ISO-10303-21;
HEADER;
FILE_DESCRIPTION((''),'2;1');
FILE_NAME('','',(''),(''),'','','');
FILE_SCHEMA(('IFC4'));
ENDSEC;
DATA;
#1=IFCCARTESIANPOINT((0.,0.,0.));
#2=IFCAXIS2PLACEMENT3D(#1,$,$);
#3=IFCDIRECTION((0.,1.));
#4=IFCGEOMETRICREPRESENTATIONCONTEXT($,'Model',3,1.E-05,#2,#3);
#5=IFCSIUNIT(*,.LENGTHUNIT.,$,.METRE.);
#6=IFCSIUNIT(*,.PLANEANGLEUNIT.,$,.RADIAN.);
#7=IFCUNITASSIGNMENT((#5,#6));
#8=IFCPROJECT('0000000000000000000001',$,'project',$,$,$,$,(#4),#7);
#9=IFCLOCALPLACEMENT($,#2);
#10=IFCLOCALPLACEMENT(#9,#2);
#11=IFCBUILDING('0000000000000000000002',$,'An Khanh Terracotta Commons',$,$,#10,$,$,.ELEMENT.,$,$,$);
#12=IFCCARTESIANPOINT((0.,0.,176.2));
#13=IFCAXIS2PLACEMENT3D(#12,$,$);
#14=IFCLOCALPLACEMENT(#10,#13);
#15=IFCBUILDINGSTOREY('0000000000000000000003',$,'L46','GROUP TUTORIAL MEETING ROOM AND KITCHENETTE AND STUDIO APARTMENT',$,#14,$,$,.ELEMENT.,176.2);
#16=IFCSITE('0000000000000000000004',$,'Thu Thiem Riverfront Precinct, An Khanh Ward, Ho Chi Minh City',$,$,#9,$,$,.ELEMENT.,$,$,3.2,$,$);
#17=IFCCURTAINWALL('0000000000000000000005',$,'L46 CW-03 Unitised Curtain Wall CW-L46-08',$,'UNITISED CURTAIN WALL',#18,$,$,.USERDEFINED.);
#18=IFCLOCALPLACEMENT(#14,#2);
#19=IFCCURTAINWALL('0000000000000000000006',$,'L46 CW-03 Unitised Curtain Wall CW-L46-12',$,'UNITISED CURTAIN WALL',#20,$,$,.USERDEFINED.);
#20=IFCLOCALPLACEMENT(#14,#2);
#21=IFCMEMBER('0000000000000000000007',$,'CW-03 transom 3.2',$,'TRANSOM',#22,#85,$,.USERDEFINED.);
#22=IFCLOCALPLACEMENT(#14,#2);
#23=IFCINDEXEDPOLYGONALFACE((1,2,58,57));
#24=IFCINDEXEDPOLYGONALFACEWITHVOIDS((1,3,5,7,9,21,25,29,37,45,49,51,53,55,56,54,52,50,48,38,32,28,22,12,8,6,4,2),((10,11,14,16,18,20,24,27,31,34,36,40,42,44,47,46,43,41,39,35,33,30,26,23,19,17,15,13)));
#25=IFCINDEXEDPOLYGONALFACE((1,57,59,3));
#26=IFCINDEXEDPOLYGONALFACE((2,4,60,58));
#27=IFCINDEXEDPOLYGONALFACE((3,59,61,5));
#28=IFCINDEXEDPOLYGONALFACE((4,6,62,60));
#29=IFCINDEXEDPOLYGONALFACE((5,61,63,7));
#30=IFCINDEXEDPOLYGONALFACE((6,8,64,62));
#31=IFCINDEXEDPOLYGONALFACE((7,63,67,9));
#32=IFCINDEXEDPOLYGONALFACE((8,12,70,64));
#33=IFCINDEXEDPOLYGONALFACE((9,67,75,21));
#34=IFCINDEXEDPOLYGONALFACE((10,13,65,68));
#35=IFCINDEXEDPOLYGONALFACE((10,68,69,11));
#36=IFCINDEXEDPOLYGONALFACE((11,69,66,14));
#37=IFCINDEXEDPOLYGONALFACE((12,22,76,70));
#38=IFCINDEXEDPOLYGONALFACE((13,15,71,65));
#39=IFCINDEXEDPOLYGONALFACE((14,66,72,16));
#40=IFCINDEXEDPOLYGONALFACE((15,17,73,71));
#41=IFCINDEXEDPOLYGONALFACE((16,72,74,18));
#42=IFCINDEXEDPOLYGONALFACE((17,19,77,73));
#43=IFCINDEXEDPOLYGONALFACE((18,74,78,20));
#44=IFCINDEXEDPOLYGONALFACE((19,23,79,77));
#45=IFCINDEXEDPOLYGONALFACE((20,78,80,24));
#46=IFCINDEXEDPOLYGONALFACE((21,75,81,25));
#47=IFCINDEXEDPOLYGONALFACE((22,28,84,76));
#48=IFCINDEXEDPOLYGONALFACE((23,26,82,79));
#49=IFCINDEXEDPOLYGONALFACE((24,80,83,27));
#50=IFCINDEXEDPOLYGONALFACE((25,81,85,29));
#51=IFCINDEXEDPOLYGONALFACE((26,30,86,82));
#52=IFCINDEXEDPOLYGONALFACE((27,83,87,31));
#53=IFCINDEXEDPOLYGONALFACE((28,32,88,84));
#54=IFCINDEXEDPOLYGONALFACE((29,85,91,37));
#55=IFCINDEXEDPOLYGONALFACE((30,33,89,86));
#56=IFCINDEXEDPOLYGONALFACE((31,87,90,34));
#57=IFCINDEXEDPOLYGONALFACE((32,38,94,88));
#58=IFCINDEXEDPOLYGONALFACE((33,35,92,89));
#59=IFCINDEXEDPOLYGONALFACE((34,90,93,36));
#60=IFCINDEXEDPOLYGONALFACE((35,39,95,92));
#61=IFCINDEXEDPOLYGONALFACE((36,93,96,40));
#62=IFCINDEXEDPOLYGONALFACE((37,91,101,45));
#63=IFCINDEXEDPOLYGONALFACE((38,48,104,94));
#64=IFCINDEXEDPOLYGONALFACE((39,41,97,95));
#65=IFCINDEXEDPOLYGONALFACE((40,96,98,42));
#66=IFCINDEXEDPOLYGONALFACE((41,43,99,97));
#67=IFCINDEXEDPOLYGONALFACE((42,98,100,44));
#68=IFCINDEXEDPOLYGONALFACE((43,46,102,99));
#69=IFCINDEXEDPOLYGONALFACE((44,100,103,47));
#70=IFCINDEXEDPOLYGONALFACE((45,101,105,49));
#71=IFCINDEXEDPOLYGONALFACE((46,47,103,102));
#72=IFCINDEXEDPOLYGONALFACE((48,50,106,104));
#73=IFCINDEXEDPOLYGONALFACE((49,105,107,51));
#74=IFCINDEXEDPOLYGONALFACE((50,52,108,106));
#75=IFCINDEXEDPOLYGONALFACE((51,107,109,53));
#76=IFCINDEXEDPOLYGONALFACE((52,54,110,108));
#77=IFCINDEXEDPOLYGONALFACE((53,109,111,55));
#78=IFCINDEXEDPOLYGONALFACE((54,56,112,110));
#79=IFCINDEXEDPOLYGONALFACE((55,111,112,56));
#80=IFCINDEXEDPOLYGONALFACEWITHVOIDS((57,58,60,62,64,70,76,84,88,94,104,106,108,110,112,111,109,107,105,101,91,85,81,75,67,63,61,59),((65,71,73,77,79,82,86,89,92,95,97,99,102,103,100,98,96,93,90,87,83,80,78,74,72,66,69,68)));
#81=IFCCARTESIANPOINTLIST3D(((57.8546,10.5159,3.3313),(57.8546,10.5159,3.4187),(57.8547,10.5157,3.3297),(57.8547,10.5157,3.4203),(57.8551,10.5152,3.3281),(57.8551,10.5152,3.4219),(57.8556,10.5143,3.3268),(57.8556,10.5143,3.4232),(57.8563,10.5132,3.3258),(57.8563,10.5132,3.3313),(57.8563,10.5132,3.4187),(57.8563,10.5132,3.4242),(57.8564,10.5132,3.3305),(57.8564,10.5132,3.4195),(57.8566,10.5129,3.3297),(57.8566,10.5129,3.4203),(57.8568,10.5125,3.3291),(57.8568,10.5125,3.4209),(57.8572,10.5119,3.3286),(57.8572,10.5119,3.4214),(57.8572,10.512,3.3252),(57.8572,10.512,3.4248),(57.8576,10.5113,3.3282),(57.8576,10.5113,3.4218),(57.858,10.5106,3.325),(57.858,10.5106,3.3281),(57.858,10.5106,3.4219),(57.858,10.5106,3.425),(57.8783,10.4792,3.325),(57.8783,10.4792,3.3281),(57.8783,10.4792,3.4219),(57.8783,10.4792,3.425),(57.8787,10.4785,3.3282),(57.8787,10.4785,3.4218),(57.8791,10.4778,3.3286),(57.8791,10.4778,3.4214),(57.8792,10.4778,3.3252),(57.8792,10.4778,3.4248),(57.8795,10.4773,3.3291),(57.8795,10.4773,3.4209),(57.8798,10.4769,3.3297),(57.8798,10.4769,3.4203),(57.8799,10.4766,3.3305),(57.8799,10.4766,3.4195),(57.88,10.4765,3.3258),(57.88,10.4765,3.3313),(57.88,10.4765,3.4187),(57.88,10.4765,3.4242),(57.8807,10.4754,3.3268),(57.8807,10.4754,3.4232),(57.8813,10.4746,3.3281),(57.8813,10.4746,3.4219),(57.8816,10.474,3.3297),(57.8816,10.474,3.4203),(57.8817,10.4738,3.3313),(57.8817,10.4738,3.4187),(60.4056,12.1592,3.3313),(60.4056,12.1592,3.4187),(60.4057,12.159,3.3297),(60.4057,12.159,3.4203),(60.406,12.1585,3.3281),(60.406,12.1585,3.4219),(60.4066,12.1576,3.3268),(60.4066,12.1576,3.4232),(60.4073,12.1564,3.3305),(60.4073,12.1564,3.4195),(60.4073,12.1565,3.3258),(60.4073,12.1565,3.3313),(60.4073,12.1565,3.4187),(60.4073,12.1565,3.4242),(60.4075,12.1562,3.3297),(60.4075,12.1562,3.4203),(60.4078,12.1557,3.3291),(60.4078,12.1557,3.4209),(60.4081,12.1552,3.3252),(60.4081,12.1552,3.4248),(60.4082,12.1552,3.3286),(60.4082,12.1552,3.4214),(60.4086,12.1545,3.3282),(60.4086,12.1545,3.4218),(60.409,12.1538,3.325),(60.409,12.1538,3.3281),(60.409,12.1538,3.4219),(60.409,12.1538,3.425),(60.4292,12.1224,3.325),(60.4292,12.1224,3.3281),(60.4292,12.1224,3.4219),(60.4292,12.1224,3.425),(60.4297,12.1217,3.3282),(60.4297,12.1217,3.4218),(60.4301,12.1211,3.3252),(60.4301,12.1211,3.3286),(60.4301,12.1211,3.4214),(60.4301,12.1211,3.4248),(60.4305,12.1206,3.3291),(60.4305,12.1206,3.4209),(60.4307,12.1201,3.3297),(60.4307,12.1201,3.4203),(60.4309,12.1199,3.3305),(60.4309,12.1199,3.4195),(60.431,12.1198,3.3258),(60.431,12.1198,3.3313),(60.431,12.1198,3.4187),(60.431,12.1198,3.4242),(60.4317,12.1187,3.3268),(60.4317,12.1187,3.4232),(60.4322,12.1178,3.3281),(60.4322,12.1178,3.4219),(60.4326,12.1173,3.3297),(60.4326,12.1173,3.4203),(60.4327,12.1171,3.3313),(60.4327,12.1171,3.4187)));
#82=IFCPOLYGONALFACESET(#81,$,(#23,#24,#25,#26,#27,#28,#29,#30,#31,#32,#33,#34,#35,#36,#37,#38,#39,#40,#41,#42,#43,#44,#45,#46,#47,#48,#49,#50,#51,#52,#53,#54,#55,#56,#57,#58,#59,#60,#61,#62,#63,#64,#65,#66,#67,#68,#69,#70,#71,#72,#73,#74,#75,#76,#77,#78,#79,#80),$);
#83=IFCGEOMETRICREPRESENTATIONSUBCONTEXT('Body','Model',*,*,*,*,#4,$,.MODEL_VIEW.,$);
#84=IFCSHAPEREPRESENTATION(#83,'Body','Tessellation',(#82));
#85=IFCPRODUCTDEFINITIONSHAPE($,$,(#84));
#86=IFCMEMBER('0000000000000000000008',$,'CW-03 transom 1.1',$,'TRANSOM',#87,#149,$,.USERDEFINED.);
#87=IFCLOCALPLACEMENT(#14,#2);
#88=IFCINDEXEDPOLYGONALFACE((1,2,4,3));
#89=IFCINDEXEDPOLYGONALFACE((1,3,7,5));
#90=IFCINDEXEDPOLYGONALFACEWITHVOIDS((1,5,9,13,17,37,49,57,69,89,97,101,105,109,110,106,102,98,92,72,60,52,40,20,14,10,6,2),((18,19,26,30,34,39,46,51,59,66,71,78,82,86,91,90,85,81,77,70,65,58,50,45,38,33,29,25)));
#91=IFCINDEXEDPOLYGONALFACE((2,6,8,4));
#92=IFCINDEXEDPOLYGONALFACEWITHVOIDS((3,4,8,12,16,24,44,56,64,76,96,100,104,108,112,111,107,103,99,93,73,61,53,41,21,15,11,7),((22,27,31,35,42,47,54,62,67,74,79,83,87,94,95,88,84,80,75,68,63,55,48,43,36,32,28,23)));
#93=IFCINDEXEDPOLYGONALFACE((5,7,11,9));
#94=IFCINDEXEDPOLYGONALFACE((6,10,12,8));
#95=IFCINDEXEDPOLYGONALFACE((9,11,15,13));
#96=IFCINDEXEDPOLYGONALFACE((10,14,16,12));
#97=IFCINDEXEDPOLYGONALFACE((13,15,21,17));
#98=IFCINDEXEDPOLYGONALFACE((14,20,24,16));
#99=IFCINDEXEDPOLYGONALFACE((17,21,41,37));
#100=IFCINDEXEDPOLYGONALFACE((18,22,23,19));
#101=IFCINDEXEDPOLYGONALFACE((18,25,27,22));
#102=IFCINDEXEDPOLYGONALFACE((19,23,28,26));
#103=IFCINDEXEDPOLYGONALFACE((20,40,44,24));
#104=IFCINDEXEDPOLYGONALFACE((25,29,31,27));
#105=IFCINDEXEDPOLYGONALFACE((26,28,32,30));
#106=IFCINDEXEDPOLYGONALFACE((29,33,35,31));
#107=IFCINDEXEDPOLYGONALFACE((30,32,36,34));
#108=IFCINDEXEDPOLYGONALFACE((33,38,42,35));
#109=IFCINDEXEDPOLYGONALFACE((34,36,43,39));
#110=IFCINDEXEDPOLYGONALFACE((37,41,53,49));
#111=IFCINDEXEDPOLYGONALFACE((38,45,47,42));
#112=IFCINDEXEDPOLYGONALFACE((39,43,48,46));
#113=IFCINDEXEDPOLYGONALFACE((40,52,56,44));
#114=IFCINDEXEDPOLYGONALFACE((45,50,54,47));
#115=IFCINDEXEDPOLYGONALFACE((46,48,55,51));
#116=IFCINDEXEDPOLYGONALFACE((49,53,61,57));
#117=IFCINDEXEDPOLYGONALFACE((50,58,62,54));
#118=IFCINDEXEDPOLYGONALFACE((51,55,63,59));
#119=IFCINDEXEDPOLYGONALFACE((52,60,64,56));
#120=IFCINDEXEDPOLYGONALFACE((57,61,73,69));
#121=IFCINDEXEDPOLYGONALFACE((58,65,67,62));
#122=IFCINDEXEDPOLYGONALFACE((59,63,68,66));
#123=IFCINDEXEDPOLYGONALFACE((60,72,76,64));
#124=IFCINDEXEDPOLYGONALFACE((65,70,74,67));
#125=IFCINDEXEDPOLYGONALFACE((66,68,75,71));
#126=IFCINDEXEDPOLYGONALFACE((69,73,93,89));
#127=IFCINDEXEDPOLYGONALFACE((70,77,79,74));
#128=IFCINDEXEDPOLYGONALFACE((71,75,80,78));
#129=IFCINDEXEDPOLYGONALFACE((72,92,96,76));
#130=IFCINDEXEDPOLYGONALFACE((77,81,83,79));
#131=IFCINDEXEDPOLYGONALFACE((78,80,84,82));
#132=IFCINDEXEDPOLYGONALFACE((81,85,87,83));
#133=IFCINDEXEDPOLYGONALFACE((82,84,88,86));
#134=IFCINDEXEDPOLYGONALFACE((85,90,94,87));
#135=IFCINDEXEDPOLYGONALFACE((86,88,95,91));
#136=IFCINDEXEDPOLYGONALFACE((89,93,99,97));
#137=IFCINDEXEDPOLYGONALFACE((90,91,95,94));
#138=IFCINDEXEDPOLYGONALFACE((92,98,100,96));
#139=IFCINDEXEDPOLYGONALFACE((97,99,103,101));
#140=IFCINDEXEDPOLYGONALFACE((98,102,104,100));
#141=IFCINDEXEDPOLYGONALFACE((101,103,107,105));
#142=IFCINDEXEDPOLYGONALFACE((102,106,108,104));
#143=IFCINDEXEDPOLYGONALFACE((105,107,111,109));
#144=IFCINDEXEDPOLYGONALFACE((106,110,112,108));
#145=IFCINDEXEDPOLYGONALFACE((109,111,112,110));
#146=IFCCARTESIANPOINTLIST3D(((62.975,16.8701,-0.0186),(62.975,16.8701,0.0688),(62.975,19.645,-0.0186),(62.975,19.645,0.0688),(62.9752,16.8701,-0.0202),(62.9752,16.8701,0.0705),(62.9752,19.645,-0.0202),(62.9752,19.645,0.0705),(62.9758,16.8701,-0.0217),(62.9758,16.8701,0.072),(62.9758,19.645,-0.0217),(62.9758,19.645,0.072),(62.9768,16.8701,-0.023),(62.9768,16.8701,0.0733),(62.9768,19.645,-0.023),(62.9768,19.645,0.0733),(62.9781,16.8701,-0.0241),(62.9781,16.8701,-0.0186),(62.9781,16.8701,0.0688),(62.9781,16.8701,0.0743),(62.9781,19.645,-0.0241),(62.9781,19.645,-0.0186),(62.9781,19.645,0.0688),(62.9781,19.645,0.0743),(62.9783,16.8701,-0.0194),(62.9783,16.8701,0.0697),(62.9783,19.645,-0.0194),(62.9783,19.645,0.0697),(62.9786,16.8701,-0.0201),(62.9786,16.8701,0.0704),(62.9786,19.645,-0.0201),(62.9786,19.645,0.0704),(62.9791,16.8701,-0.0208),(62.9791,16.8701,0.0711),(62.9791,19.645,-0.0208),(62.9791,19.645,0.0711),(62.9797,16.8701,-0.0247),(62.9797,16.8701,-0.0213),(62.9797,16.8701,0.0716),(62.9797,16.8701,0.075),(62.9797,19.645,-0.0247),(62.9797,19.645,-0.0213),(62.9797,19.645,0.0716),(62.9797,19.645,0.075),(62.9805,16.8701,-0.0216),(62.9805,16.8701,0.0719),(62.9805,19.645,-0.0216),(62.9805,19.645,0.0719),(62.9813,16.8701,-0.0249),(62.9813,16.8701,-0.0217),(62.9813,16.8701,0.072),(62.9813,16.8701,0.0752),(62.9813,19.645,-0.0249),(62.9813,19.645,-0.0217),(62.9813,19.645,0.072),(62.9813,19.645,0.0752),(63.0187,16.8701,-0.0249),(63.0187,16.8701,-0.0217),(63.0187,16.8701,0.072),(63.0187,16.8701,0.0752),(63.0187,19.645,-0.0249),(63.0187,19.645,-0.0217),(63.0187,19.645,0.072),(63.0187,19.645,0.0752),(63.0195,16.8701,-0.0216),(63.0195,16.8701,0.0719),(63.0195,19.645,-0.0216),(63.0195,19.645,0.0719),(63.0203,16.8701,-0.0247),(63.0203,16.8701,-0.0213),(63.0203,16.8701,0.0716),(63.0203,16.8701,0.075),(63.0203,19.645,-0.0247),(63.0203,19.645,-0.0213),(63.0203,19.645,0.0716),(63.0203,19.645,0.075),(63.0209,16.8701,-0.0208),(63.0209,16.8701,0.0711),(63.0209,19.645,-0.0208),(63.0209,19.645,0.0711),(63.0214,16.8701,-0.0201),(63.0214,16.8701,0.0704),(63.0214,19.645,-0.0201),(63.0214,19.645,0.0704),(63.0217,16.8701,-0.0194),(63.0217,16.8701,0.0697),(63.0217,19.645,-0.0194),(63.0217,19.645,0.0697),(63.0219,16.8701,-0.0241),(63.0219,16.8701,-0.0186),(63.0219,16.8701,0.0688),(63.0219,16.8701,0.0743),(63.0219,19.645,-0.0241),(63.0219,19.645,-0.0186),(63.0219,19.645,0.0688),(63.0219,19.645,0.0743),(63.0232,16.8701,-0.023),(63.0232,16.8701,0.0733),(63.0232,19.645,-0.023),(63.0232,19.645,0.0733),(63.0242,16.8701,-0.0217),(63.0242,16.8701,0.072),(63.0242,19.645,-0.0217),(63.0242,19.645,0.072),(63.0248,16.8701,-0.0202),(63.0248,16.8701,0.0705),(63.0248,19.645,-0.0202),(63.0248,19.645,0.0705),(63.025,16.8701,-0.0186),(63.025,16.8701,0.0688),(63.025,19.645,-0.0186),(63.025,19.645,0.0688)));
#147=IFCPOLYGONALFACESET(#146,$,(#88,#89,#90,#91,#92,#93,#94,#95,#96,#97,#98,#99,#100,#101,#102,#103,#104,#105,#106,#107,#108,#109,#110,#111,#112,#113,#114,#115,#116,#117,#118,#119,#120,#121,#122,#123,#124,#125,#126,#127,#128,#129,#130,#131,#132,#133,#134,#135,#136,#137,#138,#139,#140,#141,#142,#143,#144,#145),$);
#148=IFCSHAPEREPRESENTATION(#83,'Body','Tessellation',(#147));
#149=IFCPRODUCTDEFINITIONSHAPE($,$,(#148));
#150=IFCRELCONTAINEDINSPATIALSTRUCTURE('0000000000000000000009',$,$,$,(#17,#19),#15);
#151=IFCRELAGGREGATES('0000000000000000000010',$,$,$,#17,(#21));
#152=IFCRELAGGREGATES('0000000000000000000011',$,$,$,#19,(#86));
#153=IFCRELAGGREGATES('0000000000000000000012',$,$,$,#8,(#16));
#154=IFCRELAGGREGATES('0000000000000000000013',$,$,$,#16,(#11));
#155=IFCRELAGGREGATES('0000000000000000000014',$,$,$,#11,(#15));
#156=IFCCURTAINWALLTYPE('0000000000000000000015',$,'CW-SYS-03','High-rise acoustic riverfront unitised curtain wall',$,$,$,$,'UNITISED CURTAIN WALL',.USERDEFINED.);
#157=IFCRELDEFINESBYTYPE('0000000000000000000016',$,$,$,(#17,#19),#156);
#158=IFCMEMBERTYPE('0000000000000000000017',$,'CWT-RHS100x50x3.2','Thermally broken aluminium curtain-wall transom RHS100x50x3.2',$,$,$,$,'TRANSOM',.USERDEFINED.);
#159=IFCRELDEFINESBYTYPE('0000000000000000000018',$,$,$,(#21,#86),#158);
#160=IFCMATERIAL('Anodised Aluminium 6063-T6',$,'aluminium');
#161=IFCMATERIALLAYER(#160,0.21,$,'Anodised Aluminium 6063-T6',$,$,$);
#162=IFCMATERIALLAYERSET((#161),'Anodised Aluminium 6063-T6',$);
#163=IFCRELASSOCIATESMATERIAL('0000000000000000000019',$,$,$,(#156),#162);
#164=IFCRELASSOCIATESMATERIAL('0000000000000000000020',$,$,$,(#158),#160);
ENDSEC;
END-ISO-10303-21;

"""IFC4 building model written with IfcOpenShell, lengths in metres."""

from ifc_helpers import new_model, si_unit, direction, frame, origin, origin_2d, place, context, subcontext, project, spatial, hollow_rectangle, extrude, material, layer, layer_set, material_profile, profile_set, type_object, element, aggregate, save


model = new_model("IFC4")

# Units and contexts
model_context = context("Model", 3, precision=1e-05, world=origin(), true_north=direction((0.0, 1.0)))
body_context = subcontext(model_context, "Body", "Model", "MODEL_VIEW")
ifc_project = project(units=[si_unit("LENGTHUNIT", "METRE"), si_unit("PLANEANGLEUNIT", "RADIAN")], contexts=[model_context])

# Site, building, storey
site_placement = place(None, origin())
site = spatial("IfcSite", under=ifc_project, at=site_placement, Name="Thu Thiem Riverfront Precinct, An Khanh Ward, Ho Chi Minh City", CompositionType="ELEMENT", RefElevation=3.2)
building_placement = place(site_placement, origin())
building = spatial("IfcBuilding", under=site, at=building_placement, Name="An Khanh Terracotta Commons", CompositionType="ELEMENT")
storey_placement = place(building_placement, frame((0.0, 0.0, 176.2)))
storey = spatial("IfcBuildingStorey", under=building, at=storey_placement, Name="L46", Description="GROUP TUTORIAL MEETING ROOM AND KITCHENETTE AND STUDIO APARTMENT", CompositionType="ELEMENT", Elevation=176.2)

# Curtain walls
ifc_material_1 = material(Name="Anodised Aluminium 6063-T6", Category="aluminium")
ifc_layer_1 = layer(ifc_material_1, 0.21, Name="Anodised Aluminium 6063-T6")
ifc_layer_set_1 = layer_set([ifc_layer_1], Name="Anodised Aluminium 6063-T6")
curtain_wall_type = type_object("IfcCurtainWallType", Name="CW-SYS-03", Description="High-rise acoustic riverfront unitised curtain wall", ElementType="UNITISED CURTAIN WALL", PredefinedType="USERDEFINED", material=ifc_layer_set_1)
curtain_wall_1_placement = place(storey_placement, origin())
curtain_wall_1 = element("IfcCurtainWall", 1, at=curtain_wall_1_placement, inside=storey, type_object=curtain_wall_type, Name="L46 CW-03 Unitised Curtain Wall CW-L46-08", ObjectType="UNITISED CURTAIN WALL", PredefinedType="USERDEFINED")
curtain_wall_2_placement = place(storey_placement, origin())
curtain_wall_2 = element("IfcCurtainWall", 2, at=curtain_wall_2_placement, inside=storey, type_object=curtain_wall_type, Name="L46 CW-03 Unitised Curtain Wall CW-L46-12", ObjectType="UNITISED CURTAIN WALL", PredefinedType="USERDEFINED")

# Members
ifc_material_profile_1 = material_profile(ifc_material_1, hollow_rectangle(XDim=0.05, YDim=0.1001, WallThickness=0.0032, InnerFilletRadius=0.0032, OuterFilletRadius=0.0063, at=origin_2d()), Name="RHS100x50x3.2")
ifc_profile_set_1 = profile_set([ifc_material_profile_1], Name="Anodised Aluminium 6063-T6")
member_type_1 = type_object("IfcMemberType", Name="CWT-RHS100x50x3.2", Description="Thermally broken aluminium curtain-wall transom RHS100x50x3.2", ElementType="TRANSOM", PredefinedType="USERDEFINED", material=ifc_profile_set_1)
member_1_placement = place(storey_placement, frame((57.8682, 10.4949, 3.375), z_axis=(0.840674, 0.541542, 0.0), x_axis=(-0.541542, 0.840674, 0.0)))
member_1 = element("IfcMember", 3, at=member_1_placement, type_object=member_type_1, Name="CW-03 transom 3.2", ObjectType="TRANSOM", PredefinedType="USERDEFINED", context=body_context, shape_type="SweptSolid", body=[
    extrude(hollow_rectangle(XDim=0.05, YDim=0.1001, WallThickness=0.0032, InnerFilletRadius=0.0032, OuterFilletRadius=0.0063, at=origin_2d()), origin(), (0.0, 0.0, 1.0), 3.0344),
])
member_2_placement = place(storey_placement, frame((63.0, 16.8701, 0.0251), z_axis=(0.0, 1.0, 0.0), x_axis=(-1.0, 0.0, 0.0)))
member_2 = element("IfcMember", 4, at=member_2_placement, type_object=member_type_1, Name="CW-03 transom 1.1", ObjectType="TRANSOM", PredefinedType="USERDEFINED", context=body_context, shape_type="SweptSolid", body=[
    extrude(hollow_rectangle(XDim=0.05, YDim=0.1001, WallThickness=0.0032, InnerFilletRadius=0.0032, OuterFilletRadius=0.0063, at=origin_2d()), origin(), (0.0, 0.0, 1.0), 2.7749),
])

aggregate(curtain_wall_1, [member_1])
aggregate(curtain_wall_2, [member_2])

save(model, "model.ifc")
